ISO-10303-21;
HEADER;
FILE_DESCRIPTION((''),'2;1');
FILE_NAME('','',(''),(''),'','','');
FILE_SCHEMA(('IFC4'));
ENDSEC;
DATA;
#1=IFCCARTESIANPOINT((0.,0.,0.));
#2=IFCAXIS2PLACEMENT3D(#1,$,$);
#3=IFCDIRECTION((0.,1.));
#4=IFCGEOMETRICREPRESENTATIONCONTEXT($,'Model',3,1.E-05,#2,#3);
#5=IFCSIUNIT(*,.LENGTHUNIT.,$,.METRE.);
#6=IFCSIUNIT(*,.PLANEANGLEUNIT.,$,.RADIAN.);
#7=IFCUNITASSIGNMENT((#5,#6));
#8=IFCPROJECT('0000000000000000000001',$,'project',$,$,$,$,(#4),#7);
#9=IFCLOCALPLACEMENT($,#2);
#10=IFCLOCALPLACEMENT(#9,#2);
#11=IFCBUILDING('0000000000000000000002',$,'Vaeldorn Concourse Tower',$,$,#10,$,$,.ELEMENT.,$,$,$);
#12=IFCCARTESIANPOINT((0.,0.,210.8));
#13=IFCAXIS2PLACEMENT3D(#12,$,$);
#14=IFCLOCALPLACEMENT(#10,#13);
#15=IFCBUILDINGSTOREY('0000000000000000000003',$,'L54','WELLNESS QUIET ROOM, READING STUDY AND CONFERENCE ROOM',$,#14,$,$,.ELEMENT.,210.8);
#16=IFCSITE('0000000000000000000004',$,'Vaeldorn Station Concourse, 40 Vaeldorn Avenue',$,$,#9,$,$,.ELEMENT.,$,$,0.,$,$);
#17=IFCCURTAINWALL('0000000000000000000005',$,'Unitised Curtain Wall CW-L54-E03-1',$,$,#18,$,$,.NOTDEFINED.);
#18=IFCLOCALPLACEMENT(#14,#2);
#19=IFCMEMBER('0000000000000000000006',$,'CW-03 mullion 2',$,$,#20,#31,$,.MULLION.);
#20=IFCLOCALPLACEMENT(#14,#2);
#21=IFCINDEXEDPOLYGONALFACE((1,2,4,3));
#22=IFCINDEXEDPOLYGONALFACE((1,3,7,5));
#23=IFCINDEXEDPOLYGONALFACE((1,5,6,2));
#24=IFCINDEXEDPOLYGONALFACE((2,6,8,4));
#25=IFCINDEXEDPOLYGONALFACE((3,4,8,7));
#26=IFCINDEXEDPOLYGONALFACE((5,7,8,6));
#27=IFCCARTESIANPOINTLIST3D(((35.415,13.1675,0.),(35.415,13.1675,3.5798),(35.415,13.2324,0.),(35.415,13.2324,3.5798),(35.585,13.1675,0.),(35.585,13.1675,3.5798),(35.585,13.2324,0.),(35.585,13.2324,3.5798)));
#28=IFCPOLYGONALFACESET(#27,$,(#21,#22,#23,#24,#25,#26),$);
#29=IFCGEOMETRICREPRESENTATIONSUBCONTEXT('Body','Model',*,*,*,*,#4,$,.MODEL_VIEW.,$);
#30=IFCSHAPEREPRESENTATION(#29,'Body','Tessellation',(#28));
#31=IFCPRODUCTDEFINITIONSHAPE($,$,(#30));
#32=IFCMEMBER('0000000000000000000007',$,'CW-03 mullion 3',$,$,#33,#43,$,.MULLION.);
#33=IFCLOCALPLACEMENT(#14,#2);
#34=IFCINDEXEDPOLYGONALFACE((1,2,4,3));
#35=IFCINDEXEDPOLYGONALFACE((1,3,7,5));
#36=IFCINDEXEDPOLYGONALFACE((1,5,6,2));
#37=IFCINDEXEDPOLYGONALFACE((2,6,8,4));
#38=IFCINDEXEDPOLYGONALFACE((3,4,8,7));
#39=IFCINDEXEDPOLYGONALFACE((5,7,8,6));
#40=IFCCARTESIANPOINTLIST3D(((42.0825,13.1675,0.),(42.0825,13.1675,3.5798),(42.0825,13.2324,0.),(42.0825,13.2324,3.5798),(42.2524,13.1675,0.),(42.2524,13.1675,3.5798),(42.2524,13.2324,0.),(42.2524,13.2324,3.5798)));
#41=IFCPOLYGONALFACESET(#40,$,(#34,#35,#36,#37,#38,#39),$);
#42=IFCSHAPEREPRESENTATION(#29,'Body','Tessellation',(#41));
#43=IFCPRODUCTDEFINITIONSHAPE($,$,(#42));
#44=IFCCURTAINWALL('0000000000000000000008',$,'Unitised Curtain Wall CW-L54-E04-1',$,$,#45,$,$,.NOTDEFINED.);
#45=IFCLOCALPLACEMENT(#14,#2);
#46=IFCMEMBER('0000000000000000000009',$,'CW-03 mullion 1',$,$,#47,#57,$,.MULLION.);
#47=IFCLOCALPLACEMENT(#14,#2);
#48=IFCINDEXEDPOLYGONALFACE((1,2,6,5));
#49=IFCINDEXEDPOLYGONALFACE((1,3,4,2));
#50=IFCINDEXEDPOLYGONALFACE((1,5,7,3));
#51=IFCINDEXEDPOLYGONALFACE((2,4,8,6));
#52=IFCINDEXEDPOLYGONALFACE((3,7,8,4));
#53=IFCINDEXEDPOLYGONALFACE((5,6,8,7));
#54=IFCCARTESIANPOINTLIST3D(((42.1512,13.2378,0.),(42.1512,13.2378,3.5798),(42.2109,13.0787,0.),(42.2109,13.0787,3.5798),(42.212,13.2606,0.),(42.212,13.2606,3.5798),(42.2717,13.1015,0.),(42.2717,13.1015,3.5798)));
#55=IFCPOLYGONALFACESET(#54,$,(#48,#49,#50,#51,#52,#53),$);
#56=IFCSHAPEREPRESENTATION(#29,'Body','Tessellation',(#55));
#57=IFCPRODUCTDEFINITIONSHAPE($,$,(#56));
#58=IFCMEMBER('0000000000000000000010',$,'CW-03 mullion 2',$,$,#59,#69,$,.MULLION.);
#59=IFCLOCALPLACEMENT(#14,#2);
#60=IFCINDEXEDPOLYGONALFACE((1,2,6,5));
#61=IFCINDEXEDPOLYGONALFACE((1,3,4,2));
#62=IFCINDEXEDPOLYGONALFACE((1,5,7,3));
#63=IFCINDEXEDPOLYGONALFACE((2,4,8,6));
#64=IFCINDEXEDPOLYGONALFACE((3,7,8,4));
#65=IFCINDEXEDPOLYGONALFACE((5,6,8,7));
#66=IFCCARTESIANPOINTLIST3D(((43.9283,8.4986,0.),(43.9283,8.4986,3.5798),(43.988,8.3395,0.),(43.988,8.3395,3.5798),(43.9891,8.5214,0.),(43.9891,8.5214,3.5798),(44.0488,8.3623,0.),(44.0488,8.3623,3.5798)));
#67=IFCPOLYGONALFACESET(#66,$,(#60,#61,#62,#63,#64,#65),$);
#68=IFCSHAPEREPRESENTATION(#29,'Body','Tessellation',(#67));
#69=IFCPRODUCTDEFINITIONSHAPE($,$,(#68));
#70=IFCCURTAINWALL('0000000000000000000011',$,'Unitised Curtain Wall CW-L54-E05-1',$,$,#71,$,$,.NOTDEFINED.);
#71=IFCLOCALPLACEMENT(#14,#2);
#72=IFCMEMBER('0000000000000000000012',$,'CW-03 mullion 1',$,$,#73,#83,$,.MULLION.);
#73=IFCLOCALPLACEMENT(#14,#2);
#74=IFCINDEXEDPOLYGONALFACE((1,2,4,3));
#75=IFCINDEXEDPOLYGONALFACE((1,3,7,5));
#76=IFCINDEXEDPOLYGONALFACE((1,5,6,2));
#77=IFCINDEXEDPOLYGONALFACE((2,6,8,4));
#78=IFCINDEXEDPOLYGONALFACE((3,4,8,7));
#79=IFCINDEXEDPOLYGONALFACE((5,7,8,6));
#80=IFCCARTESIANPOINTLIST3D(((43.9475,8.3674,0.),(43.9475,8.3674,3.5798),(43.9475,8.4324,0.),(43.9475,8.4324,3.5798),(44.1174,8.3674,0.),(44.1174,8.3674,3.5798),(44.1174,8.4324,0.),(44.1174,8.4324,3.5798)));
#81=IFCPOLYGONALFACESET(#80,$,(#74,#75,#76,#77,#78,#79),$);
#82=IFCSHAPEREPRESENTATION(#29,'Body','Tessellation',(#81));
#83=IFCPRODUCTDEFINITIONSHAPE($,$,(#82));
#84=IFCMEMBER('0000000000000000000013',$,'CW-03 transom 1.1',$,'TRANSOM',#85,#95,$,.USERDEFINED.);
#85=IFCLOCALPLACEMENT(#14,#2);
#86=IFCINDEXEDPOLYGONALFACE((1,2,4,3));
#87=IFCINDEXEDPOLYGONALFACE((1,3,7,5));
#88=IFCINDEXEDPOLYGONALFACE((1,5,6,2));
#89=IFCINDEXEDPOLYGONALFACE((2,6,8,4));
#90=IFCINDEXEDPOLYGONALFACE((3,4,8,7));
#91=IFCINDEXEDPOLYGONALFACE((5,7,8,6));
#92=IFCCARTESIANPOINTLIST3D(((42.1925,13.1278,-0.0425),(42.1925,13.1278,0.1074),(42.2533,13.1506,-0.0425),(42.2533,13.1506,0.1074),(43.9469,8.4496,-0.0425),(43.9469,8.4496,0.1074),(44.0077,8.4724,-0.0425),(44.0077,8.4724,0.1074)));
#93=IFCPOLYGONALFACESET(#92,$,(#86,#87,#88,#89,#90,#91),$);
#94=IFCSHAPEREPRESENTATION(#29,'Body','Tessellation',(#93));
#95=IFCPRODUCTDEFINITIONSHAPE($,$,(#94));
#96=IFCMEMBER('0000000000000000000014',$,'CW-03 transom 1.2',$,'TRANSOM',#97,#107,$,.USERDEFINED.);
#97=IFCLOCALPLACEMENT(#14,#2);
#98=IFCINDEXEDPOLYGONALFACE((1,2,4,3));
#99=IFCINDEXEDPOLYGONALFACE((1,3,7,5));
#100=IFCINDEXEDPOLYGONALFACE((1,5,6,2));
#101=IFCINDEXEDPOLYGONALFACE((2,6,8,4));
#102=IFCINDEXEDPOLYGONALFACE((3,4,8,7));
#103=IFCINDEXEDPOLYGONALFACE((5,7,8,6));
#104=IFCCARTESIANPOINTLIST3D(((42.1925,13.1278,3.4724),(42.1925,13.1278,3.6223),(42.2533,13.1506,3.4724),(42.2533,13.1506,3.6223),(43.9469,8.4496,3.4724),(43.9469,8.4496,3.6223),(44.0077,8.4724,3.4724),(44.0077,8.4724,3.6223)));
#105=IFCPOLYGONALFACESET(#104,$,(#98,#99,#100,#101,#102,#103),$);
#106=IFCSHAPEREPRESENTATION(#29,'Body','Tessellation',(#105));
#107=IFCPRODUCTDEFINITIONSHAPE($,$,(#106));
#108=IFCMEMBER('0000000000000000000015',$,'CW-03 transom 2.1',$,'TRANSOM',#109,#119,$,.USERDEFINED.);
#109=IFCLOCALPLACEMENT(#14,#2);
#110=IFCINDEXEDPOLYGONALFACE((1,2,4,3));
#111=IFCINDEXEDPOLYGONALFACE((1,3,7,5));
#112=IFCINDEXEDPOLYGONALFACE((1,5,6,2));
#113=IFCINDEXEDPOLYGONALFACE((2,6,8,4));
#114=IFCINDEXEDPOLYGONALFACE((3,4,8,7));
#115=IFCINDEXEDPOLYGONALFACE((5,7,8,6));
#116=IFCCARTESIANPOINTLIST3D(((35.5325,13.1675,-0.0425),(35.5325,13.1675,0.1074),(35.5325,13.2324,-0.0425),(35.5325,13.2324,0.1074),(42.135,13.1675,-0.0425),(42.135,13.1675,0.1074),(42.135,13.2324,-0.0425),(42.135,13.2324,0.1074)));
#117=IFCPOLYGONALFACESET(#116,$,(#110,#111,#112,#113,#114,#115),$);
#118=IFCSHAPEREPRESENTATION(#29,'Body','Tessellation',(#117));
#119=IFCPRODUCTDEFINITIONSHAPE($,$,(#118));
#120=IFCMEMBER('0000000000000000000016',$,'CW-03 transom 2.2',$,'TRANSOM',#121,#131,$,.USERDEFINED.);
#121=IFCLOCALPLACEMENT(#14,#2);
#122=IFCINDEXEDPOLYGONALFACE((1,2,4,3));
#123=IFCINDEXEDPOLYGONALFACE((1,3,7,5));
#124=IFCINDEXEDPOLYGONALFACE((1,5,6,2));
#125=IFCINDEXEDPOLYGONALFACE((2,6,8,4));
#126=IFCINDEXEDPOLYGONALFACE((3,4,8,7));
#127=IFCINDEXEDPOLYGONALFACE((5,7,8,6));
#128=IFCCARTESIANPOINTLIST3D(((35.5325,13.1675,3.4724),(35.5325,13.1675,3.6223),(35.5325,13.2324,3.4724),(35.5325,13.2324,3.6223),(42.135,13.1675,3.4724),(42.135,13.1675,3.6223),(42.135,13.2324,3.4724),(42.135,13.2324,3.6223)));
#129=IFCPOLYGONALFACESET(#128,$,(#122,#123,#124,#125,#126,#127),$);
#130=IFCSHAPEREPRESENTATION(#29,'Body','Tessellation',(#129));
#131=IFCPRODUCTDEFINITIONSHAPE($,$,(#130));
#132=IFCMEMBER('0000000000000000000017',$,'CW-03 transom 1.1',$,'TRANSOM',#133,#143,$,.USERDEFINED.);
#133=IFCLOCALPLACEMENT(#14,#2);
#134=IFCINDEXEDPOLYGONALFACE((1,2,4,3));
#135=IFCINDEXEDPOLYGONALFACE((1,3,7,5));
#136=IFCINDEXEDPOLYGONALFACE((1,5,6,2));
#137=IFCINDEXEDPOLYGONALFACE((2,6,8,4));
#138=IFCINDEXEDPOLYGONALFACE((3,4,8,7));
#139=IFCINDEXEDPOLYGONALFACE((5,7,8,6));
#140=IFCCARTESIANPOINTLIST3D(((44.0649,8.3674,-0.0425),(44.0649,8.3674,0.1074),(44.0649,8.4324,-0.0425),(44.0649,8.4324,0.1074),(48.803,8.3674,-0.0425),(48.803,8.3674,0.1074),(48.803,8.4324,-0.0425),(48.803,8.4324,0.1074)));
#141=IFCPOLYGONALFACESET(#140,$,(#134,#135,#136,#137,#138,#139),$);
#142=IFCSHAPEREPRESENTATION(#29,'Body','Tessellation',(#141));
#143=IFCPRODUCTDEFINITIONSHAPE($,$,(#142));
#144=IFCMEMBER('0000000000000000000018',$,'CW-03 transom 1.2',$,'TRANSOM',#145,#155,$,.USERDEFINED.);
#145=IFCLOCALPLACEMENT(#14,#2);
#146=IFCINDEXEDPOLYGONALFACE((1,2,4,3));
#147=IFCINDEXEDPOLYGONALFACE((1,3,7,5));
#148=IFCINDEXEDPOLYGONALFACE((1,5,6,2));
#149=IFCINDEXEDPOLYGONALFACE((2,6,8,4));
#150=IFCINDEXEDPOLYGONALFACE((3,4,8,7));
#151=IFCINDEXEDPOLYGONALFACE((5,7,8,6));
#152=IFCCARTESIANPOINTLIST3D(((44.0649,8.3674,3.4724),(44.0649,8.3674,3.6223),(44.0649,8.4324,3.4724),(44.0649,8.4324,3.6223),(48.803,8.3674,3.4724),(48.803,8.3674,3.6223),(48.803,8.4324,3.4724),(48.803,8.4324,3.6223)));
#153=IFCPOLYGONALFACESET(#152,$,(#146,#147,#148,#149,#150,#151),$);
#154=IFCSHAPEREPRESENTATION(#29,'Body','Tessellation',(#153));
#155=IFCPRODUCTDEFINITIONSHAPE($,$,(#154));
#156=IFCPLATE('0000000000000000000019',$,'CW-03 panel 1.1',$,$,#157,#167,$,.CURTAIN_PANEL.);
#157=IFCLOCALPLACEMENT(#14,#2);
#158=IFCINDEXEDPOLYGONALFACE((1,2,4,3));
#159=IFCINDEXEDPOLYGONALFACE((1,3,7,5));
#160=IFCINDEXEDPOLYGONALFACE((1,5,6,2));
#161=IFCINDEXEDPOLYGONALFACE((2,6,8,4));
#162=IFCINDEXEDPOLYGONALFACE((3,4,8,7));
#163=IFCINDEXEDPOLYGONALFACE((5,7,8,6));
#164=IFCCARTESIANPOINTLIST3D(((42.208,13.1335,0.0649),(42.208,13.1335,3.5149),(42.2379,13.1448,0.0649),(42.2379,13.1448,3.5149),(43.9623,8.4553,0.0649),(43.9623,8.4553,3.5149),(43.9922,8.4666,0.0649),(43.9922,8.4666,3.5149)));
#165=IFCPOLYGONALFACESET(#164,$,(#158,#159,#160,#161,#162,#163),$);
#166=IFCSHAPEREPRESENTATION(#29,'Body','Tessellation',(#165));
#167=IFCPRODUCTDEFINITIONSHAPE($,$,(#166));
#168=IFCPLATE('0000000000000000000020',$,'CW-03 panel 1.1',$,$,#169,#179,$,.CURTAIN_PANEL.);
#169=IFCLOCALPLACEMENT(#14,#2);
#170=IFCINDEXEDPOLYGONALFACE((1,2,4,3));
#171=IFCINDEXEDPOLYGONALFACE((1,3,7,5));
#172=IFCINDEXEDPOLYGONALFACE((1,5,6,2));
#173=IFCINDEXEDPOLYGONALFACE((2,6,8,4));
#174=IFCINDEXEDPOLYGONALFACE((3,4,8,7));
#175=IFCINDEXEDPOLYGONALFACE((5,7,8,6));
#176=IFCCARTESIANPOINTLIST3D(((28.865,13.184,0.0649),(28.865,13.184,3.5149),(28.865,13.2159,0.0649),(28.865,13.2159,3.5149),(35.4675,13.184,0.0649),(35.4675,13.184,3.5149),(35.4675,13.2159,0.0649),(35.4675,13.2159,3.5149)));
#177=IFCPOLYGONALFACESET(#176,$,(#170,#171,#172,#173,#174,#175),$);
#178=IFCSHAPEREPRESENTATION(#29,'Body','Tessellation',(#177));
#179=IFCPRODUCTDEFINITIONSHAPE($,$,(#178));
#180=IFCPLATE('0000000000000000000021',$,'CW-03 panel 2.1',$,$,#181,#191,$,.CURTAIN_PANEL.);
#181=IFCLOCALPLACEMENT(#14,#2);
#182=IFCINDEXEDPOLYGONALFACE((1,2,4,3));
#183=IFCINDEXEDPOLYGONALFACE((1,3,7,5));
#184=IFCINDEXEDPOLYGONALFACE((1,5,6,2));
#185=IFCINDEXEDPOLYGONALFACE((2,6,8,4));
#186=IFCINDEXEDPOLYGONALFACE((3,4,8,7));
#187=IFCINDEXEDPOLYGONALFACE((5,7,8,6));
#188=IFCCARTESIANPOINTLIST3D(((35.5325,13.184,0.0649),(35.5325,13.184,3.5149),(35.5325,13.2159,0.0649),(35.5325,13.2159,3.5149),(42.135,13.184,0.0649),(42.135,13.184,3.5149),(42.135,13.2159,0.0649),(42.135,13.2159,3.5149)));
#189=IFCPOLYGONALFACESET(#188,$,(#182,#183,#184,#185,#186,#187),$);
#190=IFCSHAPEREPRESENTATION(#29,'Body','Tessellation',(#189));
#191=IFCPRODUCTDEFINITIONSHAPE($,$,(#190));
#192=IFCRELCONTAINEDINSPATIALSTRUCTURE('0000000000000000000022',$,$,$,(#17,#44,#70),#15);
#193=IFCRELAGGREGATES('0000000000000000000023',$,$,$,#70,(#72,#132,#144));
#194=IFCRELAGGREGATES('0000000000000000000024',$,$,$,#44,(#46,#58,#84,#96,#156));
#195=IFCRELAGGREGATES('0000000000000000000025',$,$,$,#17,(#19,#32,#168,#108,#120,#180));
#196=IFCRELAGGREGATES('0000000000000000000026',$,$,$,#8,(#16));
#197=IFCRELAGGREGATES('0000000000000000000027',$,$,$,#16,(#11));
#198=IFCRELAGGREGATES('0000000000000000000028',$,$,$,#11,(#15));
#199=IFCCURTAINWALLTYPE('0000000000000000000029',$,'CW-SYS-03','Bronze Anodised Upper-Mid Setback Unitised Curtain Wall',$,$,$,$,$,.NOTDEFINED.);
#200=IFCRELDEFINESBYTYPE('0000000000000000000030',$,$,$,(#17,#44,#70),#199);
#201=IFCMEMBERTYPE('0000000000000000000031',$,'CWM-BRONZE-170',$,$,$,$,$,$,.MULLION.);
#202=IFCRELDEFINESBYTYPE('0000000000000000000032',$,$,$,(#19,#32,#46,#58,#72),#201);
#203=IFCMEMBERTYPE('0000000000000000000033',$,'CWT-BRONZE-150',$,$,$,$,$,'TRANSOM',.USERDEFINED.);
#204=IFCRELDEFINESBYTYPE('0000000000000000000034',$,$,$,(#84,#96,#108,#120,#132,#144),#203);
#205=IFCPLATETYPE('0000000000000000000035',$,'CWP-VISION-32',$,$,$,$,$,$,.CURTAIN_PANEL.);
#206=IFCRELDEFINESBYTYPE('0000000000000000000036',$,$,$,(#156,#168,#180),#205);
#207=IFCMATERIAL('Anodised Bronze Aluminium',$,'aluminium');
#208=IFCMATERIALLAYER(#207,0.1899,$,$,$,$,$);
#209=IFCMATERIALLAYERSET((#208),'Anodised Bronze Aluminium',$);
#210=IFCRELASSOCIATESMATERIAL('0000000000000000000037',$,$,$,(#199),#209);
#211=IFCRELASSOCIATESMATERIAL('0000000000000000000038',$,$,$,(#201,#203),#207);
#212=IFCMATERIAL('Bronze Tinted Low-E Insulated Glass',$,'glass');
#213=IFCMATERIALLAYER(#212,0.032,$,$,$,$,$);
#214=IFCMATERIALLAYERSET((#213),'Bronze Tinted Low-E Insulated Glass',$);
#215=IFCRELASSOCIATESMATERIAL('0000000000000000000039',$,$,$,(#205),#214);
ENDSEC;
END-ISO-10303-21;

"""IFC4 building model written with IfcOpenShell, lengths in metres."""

from ifc_helpers import new_model, si_unit, direction, frame, origin, origin_2d, place, context, subcontext, project, spatial, rectangle, extrude, source, transform, mapped, material, layer, layer_set, material_profile, profile_set, type_object, element, aggregate, save


model = new_model("IFC4")

# Units and contexts
model_context = context("Model", 3, precision=1e-05, world=origin(), true_north=direction((0.0, 1.0)))
body_context = subcontext(model_context, "Body", "Model", "MODEL_VIEW")
ifc_project = project(units=[si_unit("LENGTHUNIT", "METRE"), si_unit("PLANEANGLEUNIT", "RADIAN")], contexts=[model_context])

# Site, building, storey
site_placement = place(None, origin())
site = spatial("IfcSite", under=ifc_project, at=site_placement, Name="Vaeldorn Station Concourse, 40 Vaeldorn Avenue", CompositionType="ELEMENT", RefElevation=0.0)
building_placement = place(site_placement, origin())
building = spatial("IfcBuilding", under=site, at=building_placement, Name="Vaeldorn Concourse Tower", CompositionType="ELEMENT")
storey_placement = place(building_placement, frame((0.0, 0.0, 210.8)))
storey = spatial("IfcBuildingStorey", under=building, at=storey_placement, Name="L54", Description="WELLNESS QUIET ROOM, READING STUDY AND CONFERENCE ROOM", CompositionType="ELEMENT", Elevation=210.8)

# Curtain walls, members
ifc_material_1 = material(Name="Anodised Bronze Aluminium", Category="aluminium")
ifc_layer_1 = layer(ifc_material_1, 0.1899)
ifc_layer_set_1 = layer_set([ifc_layer_1], Name="Anodised Bronze Aluminium")
curtain_wall_type = type_object("IfcCurtainWallType", Name="CW-SYS-03", Description="Bronze Anodised Upper-Mid Setback Unitised Curtain Wall", PredefinedType="NOTDEFINED", material=ifc_layer_set_1)
curtain_wall_1_placement = place(storey_placement, origin())
curtain_wall_1 = element("IfcCurtainWall", 1, at=curtain_wall_1_placement, inside=storey, type_object=curtain_wall_type, Name="Unitised Curtain Wall CW-L54-E03-1", PredefinedType="NOTDEFINED")
ifc_material_profile_1 = material_profile(ifc_material_1, rectangle(XDim=0.0649, YDim=0.1699, at=origin_2d()), Name="CWM 65x170")
ifc_profile_set_1 = profile_set([ifc_material_profile_1], Name="Anodised Bronze Aluminium")
member_type_1 = type_object("IfcMemberType", Name="CWM-BRONZE-170", PredefinedType="MULLION", material=ifc_profile_set_1)
shared_shape_1 = source(origin(), body_context, "Body", "SweptSolid", [
    extrude(rectangle(XDim=0.0649, YDim=0.1699, at=origin_2d()), origin(), (0.0, 0.0, 1.0), 3.5798),
])
member_1_placement = place(storey_placement, frame((35.5, 13.2, 0.0), z_axis=(0.0, 0.0, 1.0), x_axis=(0.0, 1.0, 0.0)))
member_1 = element("IfcMember", 2, at=member_1_placement, type_object=member_type_1, Name="CW-03 mullion 2", PredefinedType="MULLION", context=body_context, shape_type="MappedRepresentation", body=[
    mapped(shared_shape_1, transform((0.0, 0.0, 0.0), scale=1.0)),
])
member_2_placement = place(storey_placement, frame((42.1675, 13.2, 0.0), z_axis=(0.0, 0.0, 1.0), x_axis=(0.0, 1.0, 0.0)))
member_2 = element("IfcMember", 3, at=member_2_placement, type_object=member_type_1, Name="CW-03 mullion 3", PredefinedType="MULLION", context=body_context, shape_type="MappedRepresentation", body=[
    mapped(shared_shape_1, transform((0.0, 0.0, 0.0), scale=1.0)),
])
curtain_wall_2_placement = place(storey_placement, origin())
curtain_wall_2 = element("IfcCurtainWall", 4, at=curtain_wall_2_placement, inside=storey, type_object=curtain_wall_type, Name="Unitised Curtain Wall CW-L54-E04-1", PredefinedType="NOTDEFINED")
member_3_placement = place(storey_placement, frame((42.2114, 13.1697, 0.0), z_axis=(0.0, 0.0, 1.0), x_axis=(0.936329, 0.351123, 0.0)))
member_3 = element("IfcMember", 5, at=member_3_placement, type_object=member_type_1, Name="CW-03 mullion 1", PredefinedType="MULLION", context=body_context, shape_type="MappedRepresentation", body=[
    mapped(shared_shape_1, transform((0.0, 0.0, 0.0), scale=1.0)),
])
member_4_placement = place(storey_placement, frame((43.9885, 8.4304, 0.0), z_axis=(0.0, 0.0, 1.0), x_axis=(0.936329, 0.351123, 0.0)))
member_4 = element("IfcMember", 6, at=member_4_placement, type_object=member_type_1, Name="CW-03 mullion 2", PredefinedType="MULLION", context=body_context, shape_type="MappedRepresentation", body=[
    mapped(shared_shape_1, transform((0.0, 0.0, 0.0), scale=1.0)),
])

# Curtain wall, member
curtain_wall_3_placement = place(storey_placement, origin())
curtain_wall_3 = element("IfcCurtainWall", 7, at=curtain_wall_3_placement, inside=storey, type_object=curtain_wall_type, Name="Unitised Curtain Wall CW-L54-E05-1", PredefinedType="NOTDEFINED")
member_5_placement = place(storey_placement, frame((44.0325, 8.3999, 0.0), z_axis=(0.0, 0.0, 1.0), x_axis=(0.0, 1.0, 0.0)))
member_5 = element("IfcMember", 8, at=member_5_placement, type_object=member_type_1, Name="CW-03 mullion 1", PredefinedType="MULLION", context=body_context, shape_type="MappedRepresentation", body=[
    mapped(shared_shape_1, transform((0.0, 0.0, 0.0), scale=1.0)),
])

# Members
ifc_material_profile_2 = material_profile(ifc_material_1, rectangle(XDim=0.0649, YDim=0.1499, at=origin_2d()), Name="CWT 65x150")
ifc_profile_set_2 = profile_set([ifc_material_profile_2], Name="Anodised Bronze Aluminium")
member_type_2 = type_object("IfcMemberType", Name="CWT-BRONZE-150", ElementType="TRANSOM", PredefinedType="USERDEFINED", material=ifc_profile_set_2)
shared_shape_2 = source(origin(), body_context, "Body", "SweptSolid", [
    extrude(rectangle(XDim=0.0649, YDim=0.1499, at=origin_2d()), origin(), (0.0, 0.0, 1.0), 4.9963),
])
member_6_placement = place(storey_placement, frame((42.2229, 13.1392, 0.0325), z_axis=(0.351134, -0.936325, 0.0), x_axis=(0.936325, 0.351134, 0.0)))
member_6 = element("IfcMember", 9, at=member_6_placement, type_object=member_type_2, Name="CW-03 transom 1.1", ObjectType="TRANSOM", PredefinedType="USERDEFINED", context=body_context, shape_type="MappedRepresentation", body=[
    mapped(shared_shape_2, transform((0.0, 0.0, 0.0), scale=1.0)),
])
member_7_placement = place(storey_placement, frame((42.2229, 13.1392, 3.5474), z_axis=(0.351134, -0.936325, 0.0), x_axis=(0.936325, 0.351134, 0.0)))
member_7 = element("IfcMember", 10, at=member_7_placement, type_object=member_type_2, Name="CW-03 transom 1.2", ObjectType="TRANSOM", PredefinedType="USERDEFINED", context=body_context, shape_type="MappedRepresentation", body=[
    mapped(shared_shape_2, transform((0.0, 0.0, 0.0), scale=1.0)),
])
shared_shape_3 = source(origin(), body_context, "Body", "SweptSolid", [
    extrude(rectangle(XDim=0.0649, YDim=0.1499, at=origin_2d()), origin(), (0.0, 0.0, 1.0), 6.6025),
])
member_8_placement = place(storey_placement, frame((35.5325, 13.2, 0.0325), z_axis=(1.0, 0.0, 0.0), x_axis=(0.0, 1.0, 0.0)))
member_8 = element("IfcMember", 11, at=member_8_placement, type_object=member_type_2, Name="CW-03 transom 2.1", ObjectType="TRANSOM", PredefinedType="USERDEFINED", context=body_context, shape_type="MappedRepresentation", body=[
    mapped(shared_shape_3, transform((0.0, 0.0, 0.0), scale=1.0)),
])
member_9_placement = place(storey_placement, frame((35.5325, 13.2, 3.5474), z_axis=(1.0, 0.0, 0.0), x_axis=(0.0, 1.0, 0.0)))
member_9 = element("IfcMember", 12, at=member_9_placement, type_object=member_type_2, Name="CW-03 transom 2.2", ObjectType="TRANSOM", PredefinedType="USERDEFINED", context=body_context, shape_type="MappedRepresentation", body=[
    mapped(shared_shape_3, transform((0.0, 0.0, 0.0), scale=1.0)),
])
shared_shape_4 = source(origin(), body_context, "Body", "SweptSolid", [
    extrude(rectangle(XDim=0.0649, YDim=0.1499, at=origin_2d()), origin(), (0.0, 0.0, 1.0), 4.738),
])
member_10_placement = place(storey_placement, frame((44.0649, 8.3999, 0.0325), z_axis=(1.0, 0.0, 0.0), x_axis=(0.0, 1.0, 0.0)))
member_10 = element("IfcMember", 13, at=member_10_placement, type_object=member_type_2, Name="CW-03 transom 1.1", ObjectType="TRANSOM", PredefinedType="USERDEFINED", context=body_context, shape_type="MappedRepresentation", body=[
    mapped(shared_shape_4, transform((0.0, 0.0, 0.0), scale=1.0)),
])
member_11_placement = place(storey_placement, frame((44.0649, 8.3999, 3.5474), z_axis=(1.0, 0.0, 0.0), x_axis=(0.0, 1.0, 0.0)))
member_11 = element("IfcMember", 14, at=member_11_placement, type_object=member_type_2, Name="CW-03 transom 1.2", ObjectType="TRANSOM", PredefinedType="USERDEFINED", context=body_context, shape_type="MappedRepresentation", body=[
    mapped(shared_shape_4, transform((0.0, 0.0, 0.0), scale=1.0)),
])
aggregate(curtain_wall_3, [member_5, member_10, member_11])

# Plates
ifc_material_2 = material(Name="Bronze Tinted Low-E Insulated Glass", Category="glass")
ifc_layer_2 = layer(ifc_material_2, 0.032)
ifc_layer_set_2 = layer_set([ifc_layer_2], Name="Bronze Tinted Low-E Insulated Glass")
plate_type = type_object("IfcPlateType", Name="CWP-VISION-32", PredefinedType="CURTAIN_PANEL", material=ifc_layer_set_2)
shared_shape_5 = source(origin(), body_context, "Body", "SweptSolid", [
    extrude(rectangle(XDim=4.9963, YDim=0.032, at=origin_2d()), origin(), (0.0, 0.0, 1.0), 3.45),
])
plate_1_placement = place(storey_placement, frame((43.1001, 10.8, 0.0649), z_axis=(0.0, 0.0, 1.0), x_axis=(0.351123, -0.936329, 0.0)))
plate_1 = element("IfcPlate", 15, at=plate_1_placement, type_object=plate_type, Name="CW-03 panel 1.1", PredefinedType="CURTAIN_PANEL", context=body_context, shape_type="MappedRepresentation", body=[
    mapped(shared_shape_5, transform((0.0, 0.0, 0.0), scale=1.0)),
])
aggregate(curtain_wall_2, [member_3, member_4, member_6, member_7, plate_1])
shared_shape_6 = source(origin(), body_context, "Body", "SweptSolid", [
    extrude(rectangle(XDim=6.6025, YDim=0.032, at=origin_2d()), origin(), (0.0, 0.0, 1.0), 3.45),
])
plate_2_placement = place(storey_placement, frame((32.1663, 13.2, 0.0649), z_axis=(0.0, 0.0, 1.0), x_axis=(1.0, 0.0, 0.0)))
plate_2 = element("IfcPlate", 16, at=plate_2_placement, type_object=plate_type, Name="CW-03 panel 1.1", PredefinedType="CURTAIN_PANEL", context=body_context, shape_type="MappedRepresentation", body=[
    mapped(shared_shape_6, transform((0.0, 0.0, 0.0), scale=1.0)),
])
plate_3_placement = place(storey_placement, frame((38.8337, 13.2, 0.0649), z_axis=(0.0, 0.0, 1.0), x_axis=(1.0, 0.0, 0.0)))
plate_3 = element("IfcPlate", 17, at=plate_3_placement, type_object=plate_type, Name="CW-03 panel 2.1", PredefinedType="CURTAIN_PANEL", context=body_context, shape_type="MappedRepresentation", body=[
    mapped(shared_shape_6, transform((0.0, 0.0, 0.0), scale=1.0)),
])
aggregate(curtain_wall_1, [member_1, member_2, plate_2, member_8, member_9, plate_3])

save(model, "model.ifc")
